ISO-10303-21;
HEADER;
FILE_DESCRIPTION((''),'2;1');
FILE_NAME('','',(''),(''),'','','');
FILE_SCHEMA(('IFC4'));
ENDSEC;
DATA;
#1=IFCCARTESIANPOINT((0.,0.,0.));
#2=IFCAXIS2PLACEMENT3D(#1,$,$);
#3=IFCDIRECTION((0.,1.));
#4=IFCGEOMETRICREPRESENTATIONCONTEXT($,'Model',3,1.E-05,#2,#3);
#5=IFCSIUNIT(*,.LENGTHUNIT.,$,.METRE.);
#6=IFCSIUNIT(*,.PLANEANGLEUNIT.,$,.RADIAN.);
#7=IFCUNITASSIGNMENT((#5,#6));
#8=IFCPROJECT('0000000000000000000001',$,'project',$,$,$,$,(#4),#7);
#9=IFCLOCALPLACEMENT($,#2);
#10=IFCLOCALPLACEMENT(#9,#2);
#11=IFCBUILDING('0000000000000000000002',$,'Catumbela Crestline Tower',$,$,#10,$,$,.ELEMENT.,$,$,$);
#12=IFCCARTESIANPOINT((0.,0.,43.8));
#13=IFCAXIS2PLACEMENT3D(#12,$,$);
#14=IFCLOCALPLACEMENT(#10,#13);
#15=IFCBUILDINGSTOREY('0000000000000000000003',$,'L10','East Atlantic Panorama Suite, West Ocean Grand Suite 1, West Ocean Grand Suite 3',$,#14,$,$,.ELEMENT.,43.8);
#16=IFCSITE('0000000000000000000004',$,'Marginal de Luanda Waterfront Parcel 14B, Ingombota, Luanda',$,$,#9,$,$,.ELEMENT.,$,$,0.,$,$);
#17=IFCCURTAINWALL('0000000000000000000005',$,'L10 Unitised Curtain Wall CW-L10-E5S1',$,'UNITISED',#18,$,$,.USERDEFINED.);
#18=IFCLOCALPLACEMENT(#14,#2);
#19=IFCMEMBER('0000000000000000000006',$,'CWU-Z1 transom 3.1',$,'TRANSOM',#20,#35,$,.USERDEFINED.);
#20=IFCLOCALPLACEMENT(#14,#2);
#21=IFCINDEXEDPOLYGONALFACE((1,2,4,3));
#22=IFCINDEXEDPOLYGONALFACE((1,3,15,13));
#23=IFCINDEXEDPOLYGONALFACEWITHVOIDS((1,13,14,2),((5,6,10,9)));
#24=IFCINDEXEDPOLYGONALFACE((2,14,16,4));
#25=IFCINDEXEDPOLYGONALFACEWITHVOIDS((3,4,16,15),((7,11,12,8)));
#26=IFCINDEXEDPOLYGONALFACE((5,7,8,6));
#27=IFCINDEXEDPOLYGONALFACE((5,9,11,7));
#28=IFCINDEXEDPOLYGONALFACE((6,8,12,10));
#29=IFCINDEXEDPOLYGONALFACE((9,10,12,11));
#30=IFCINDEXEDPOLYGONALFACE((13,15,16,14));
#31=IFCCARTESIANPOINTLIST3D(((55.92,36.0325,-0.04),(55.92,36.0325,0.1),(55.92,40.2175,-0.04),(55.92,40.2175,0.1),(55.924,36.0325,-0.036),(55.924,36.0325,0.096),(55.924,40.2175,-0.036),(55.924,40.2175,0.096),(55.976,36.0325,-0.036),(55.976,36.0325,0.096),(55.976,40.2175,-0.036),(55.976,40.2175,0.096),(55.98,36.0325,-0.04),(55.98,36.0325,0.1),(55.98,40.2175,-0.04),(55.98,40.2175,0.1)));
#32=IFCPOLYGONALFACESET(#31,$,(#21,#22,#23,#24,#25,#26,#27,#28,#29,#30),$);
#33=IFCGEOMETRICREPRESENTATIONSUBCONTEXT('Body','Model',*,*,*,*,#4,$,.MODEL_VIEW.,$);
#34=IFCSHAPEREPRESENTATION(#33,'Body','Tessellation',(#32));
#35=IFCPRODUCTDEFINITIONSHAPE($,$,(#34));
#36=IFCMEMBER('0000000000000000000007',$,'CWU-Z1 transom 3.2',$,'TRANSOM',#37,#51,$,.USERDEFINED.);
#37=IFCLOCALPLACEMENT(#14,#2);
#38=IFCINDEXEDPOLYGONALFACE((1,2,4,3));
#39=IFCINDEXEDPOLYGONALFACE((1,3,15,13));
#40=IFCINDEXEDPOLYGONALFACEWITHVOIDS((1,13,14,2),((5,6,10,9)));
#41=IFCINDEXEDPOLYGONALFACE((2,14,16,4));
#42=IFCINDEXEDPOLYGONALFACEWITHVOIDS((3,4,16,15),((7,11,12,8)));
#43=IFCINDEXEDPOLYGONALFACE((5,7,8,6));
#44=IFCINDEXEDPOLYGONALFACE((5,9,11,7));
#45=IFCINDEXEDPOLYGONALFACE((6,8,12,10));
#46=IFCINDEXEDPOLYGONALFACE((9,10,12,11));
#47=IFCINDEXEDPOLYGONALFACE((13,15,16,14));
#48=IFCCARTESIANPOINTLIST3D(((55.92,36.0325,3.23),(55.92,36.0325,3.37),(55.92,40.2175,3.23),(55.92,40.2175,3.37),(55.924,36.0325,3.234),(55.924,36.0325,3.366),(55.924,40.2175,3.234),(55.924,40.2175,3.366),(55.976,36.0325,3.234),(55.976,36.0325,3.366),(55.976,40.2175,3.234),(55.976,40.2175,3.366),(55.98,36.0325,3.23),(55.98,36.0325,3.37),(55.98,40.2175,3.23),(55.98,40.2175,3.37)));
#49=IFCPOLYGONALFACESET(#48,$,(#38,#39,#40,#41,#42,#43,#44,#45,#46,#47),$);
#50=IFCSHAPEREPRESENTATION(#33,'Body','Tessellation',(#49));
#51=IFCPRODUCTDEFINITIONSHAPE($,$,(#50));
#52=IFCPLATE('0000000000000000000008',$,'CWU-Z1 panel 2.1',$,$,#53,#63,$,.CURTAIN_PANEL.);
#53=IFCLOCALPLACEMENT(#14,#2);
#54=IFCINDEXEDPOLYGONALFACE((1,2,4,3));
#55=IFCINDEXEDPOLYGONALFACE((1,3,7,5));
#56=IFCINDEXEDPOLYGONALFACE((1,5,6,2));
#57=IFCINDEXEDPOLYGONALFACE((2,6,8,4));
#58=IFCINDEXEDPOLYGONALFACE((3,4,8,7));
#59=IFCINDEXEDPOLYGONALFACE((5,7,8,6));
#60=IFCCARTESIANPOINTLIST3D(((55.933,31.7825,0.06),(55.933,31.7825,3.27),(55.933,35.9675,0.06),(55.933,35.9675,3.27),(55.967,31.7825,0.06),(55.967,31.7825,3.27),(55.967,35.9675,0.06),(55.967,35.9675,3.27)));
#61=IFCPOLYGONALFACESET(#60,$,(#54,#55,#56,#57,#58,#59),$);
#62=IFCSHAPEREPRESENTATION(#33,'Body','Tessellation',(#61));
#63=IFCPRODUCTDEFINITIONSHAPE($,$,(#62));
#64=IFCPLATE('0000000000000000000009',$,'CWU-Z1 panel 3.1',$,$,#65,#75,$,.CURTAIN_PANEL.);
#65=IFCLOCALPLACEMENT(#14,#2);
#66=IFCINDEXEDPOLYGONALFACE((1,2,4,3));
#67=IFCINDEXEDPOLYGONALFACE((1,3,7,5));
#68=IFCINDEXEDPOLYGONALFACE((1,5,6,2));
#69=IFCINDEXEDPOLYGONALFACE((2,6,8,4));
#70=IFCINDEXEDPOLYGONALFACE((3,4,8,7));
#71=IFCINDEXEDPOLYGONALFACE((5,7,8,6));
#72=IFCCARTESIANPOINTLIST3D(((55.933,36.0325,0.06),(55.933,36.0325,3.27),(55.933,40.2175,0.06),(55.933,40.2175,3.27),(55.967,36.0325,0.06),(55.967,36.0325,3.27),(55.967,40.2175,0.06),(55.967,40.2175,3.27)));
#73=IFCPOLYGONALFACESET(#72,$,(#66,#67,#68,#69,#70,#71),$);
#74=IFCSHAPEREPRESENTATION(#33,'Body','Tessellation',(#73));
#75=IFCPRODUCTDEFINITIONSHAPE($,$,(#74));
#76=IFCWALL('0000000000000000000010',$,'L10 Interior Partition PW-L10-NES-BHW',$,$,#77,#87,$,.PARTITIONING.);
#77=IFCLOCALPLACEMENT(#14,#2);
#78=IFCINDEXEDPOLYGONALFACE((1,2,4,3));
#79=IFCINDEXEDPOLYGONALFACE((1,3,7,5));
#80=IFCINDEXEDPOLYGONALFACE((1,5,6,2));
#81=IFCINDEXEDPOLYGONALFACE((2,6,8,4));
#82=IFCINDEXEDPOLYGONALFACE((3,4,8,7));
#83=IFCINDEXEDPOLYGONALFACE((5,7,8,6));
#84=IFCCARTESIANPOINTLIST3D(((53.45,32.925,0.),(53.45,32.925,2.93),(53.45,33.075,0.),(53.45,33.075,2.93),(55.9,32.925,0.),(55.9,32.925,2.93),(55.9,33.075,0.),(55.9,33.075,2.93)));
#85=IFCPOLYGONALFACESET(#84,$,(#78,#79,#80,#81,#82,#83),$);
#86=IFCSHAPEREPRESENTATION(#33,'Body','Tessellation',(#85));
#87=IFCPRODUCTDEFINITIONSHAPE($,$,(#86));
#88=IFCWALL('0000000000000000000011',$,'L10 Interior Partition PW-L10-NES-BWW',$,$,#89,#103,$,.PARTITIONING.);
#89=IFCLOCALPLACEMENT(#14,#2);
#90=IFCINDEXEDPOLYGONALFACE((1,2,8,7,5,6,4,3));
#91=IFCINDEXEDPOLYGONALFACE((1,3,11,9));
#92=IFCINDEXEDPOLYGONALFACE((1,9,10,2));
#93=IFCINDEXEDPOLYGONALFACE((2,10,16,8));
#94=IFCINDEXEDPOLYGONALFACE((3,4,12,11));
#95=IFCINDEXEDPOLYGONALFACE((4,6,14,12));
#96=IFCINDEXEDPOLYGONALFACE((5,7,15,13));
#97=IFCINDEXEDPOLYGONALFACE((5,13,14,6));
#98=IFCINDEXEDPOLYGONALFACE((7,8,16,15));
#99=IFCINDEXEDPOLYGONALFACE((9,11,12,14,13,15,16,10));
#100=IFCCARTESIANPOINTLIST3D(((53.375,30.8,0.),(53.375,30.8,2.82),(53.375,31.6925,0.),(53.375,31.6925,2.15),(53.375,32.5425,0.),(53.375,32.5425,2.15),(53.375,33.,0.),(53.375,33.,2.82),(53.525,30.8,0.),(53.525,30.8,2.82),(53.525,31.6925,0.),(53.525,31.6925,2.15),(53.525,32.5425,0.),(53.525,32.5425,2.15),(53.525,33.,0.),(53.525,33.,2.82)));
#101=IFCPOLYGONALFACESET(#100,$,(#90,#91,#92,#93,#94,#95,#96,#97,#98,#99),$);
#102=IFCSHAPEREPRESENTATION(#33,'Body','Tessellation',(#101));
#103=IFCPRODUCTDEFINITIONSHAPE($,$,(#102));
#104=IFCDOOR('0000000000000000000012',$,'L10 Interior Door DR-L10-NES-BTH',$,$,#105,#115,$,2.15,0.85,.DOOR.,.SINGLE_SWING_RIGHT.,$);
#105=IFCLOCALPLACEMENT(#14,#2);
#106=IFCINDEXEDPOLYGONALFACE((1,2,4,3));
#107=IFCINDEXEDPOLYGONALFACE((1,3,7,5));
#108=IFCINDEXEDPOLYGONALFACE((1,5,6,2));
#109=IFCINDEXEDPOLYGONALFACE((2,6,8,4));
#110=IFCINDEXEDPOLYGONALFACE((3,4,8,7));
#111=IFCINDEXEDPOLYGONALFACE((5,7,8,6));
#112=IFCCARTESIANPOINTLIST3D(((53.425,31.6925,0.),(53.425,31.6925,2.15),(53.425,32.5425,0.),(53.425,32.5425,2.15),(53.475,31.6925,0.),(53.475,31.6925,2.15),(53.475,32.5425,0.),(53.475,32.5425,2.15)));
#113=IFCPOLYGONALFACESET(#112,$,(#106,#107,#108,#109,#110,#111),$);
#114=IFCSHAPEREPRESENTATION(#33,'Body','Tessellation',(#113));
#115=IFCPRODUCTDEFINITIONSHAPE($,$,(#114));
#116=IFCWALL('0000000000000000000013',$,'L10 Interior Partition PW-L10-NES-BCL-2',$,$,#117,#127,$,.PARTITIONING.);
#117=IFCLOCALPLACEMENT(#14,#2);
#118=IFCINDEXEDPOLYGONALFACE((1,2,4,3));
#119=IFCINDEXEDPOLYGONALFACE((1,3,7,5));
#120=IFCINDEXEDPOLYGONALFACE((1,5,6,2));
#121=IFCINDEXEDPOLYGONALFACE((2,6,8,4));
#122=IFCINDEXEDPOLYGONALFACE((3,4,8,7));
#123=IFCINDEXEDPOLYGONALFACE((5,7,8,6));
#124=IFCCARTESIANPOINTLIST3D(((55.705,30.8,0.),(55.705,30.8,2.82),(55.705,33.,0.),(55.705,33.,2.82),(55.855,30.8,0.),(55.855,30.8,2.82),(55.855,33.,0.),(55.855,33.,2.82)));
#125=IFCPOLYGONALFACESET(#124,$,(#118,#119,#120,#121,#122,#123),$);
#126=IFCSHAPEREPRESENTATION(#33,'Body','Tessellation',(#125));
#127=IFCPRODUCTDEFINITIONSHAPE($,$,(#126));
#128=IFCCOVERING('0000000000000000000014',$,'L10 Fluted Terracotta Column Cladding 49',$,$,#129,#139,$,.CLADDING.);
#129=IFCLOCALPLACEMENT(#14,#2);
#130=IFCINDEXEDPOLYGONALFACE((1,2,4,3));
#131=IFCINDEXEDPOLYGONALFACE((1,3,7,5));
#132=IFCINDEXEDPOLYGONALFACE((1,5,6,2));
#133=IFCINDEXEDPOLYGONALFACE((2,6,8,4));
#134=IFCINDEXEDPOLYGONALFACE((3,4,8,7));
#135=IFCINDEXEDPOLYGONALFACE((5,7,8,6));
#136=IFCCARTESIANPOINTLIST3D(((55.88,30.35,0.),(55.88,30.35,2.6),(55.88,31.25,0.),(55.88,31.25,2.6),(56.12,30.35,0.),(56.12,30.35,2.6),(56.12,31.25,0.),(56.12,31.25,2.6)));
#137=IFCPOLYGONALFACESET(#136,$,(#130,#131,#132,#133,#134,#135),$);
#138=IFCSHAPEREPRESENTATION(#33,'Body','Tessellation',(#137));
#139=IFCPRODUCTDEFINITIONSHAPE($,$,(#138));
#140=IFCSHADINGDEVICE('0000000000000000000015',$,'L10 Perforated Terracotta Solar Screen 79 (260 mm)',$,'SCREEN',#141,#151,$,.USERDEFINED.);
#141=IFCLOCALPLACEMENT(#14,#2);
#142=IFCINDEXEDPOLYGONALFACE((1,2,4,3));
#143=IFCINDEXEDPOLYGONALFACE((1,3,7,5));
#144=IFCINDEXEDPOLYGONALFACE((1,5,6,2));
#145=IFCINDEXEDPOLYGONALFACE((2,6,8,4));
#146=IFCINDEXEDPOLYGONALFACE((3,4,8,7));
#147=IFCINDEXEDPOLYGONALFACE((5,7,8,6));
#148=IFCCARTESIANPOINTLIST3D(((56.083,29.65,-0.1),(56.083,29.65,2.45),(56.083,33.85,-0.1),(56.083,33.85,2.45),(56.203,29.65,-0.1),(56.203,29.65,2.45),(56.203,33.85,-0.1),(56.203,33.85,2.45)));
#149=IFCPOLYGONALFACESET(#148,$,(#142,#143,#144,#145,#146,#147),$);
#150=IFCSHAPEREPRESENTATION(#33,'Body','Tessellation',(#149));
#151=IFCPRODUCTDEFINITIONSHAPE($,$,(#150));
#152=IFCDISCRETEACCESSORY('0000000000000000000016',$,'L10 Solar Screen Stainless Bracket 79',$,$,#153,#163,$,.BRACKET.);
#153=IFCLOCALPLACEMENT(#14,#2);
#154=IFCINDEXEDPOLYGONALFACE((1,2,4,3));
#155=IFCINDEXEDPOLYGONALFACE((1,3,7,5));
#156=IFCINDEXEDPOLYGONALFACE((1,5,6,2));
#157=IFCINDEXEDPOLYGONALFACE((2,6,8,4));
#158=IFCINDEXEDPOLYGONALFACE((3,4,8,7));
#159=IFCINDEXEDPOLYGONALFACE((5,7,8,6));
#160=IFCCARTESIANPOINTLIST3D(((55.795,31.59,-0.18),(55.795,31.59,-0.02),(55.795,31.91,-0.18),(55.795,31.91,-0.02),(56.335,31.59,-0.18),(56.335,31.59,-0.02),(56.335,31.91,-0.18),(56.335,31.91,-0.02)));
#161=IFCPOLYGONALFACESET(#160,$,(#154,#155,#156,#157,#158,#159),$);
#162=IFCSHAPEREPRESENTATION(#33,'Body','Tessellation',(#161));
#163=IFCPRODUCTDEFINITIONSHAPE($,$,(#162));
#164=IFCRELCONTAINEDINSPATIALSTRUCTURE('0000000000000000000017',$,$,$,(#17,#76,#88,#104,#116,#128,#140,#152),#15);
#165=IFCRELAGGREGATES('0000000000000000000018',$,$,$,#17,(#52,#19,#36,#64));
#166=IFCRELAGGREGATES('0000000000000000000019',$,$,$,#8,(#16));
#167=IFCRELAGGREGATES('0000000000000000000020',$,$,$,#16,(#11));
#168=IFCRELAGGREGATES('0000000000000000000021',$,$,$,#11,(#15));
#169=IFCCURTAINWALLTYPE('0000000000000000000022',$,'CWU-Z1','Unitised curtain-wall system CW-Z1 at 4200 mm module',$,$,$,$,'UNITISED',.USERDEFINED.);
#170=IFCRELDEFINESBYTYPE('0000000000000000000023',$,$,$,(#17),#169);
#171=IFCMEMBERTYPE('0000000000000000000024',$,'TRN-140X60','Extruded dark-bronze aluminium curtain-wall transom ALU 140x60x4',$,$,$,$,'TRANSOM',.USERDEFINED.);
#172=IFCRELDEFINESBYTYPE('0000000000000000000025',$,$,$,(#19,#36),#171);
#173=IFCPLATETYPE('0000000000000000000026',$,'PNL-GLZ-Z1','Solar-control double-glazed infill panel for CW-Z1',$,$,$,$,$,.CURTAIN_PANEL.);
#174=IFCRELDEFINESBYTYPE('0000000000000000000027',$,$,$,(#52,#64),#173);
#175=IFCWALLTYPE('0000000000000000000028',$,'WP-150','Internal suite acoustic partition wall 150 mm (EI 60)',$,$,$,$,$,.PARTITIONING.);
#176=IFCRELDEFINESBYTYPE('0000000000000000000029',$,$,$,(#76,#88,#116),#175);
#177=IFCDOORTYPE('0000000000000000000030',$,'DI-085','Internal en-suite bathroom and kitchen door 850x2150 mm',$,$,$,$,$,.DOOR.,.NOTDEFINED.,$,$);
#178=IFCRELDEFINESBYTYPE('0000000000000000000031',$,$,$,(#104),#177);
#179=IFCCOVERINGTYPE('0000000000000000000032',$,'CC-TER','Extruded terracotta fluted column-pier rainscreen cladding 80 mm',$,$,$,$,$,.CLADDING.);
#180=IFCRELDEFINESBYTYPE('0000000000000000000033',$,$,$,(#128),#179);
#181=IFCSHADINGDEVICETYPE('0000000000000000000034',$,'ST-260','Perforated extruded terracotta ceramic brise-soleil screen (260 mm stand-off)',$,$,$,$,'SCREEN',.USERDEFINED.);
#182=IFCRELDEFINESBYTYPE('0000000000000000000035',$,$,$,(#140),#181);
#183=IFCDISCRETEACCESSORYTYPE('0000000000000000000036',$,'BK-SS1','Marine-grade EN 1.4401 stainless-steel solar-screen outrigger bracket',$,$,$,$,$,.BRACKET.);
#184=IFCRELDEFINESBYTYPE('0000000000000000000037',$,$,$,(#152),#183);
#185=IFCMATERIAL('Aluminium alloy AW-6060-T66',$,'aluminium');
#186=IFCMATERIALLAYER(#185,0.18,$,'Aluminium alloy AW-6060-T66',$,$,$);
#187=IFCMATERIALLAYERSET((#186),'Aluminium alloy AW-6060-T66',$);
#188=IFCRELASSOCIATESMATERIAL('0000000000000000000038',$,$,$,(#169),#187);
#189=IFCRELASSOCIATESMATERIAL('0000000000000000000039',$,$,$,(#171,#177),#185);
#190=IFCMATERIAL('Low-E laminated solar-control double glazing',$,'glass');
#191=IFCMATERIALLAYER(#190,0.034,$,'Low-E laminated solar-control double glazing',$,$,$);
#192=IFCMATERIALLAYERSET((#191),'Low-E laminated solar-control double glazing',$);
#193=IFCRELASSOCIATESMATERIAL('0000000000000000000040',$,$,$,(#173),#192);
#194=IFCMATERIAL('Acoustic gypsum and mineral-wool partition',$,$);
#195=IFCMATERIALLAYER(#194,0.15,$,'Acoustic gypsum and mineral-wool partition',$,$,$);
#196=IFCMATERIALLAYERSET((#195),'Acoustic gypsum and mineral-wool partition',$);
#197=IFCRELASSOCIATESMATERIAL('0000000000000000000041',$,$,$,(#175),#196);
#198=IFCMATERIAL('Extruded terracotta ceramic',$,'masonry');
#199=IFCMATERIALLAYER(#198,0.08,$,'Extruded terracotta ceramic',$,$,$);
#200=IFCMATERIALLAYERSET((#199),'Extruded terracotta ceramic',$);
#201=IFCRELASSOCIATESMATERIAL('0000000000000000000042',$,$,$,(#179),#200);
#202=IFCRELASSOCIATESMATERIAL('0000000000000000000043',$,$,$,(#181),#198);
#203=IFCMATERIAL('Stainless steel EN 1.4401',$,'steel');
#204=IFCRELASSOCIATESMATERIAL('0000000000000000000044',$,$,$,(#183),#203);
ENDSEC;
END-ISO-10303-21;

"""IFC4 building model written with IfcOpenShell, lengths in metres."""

from ifc_helpers import new_model, si_unit, direction, frame, frame_2d, origin, origin_2d, place, context, subcontext, project, spatial, rectangle, hollow_rectangle, extrude, material, layer, layer_set, material_profile, profile_set, type_object, element, fill, aggregate, save


model = new_model("IFC4")

# Units and contexts
model_context = context("Model", 3, precision=1e-05, world=origin(), true_north=direction((0.0, 1.0)))
body_context = subcontext(model_context, "Body", "Model", "MODEL_VIEW")
ifc_project = project(units=[si_unit("LENGTHUNIT", "METRE"), si_unit("PLANEANGLEUNIT", "RADIAN")], contexts=[model_context])

# Site, building, storey
site_placement = place(None, origin())
site = spatial("IfcSite", under=ifc_project, at=site_placement, Name="Marginal de Luanda Waterfront Parcel 14B, Ingombota, Luanda", CompositionType="ELEMENT", RefElevation=0.0)
building_placement = place(site_placement, origin())
building = spatial("IfcBuilding", under=site, at=building_placement, Name="Catumbela Crestline Tower", CompositionType="ELEMENT")
storey_placement = place(building_placement, frame((0.0, 0.0, 43.8)))
storey = spatial("IfcBuildingStorey", under=building, at=storey_placement, Name="L10", Description="East Atlantic Panorama Suite, West Ocean Grand Suite 1, West Ocean Grand Suite 3", CompositionType="ELEMENT", Elevation=43.8)

# Curtain wall
ifc_material_1 = material(Name="Aluminium alloy AW-6060-T66", Category="aluminium")
ifc_layer_1 = layer(ifc_material_1, 0.18, Name="Aluminium alloy AW-6060-T66")
ifc_layer_set_1 = layer_set([ifc_layer_1], Name="Aluminium alloy AW-6060-T66")
curtain_wall_type = type_object("IfcCurtainWallType", Name="CWU-Z1", Description="Unitised curtain-wall system CW-Z1 at 4200 mm module", ElementType="UNITISED", PredefinedType="USERDEFINED", material=ifc_layer_set_1)
curtain_wall_placement = place(storey_placement, origin())
curtain_wall = element("IfcCurtainWall", 1, at=curtain_wall_placement, inside=storey, type_object=curtain_wall_type, Name="L10 Unitised Curtain Wall CW-L10-E5S1", ObjectType="UNITISED", PredefinedType="USERDEFINED")

# Members
ifc_material_profile_1 = material_profile(ifc_material_1, hollow_rectangle(XDim=0.06, YDim=0.14, WallThickness=0.004, at=origin_2d()), Name="ALU 140x60x4")
ifc_profile_set_1 = profile_set([ifc_material_profile_1], Name="Aluminium alloy AW-6060-T66")
member_type_1 = type_object("IfcMemberType", Name="TRN-140X60", Description="Extruded dark-bronze aluminium curtain-wall transom ALU 140x60x4", ElementType="TRANSOM", PredefinedType="USERDEFINED", material=ifc_profile_set_1)
member_1_placement = place(storey_placement, frame((55.95, 36.0325, 0.03), z_axis=(0.0, 1.0, 0.0), x_axis=(-1.0, 0.0, 0.0)))
member_1 = element("IfcMember", 2, at=member_1_placement, type_object=member_type_1, Name="CWU-Z1 transom 3.1", ObjectType="TRANSOM", PredefinedType="USERDEFINED", context=body_context, shape_type="SweptSolid", body=[
    extrude(hollow_rectangle(XDim=0.06, YDim=0.14, WallThickness=0.004, at=origin_2d()), origin(), (0.0, 0.0, 1.0), 4.185),
])
member_2_placement = place(storey_placement, frame((55.95, 36.0325, 3.3), z_axis=(0.0, 1.0, 0.0), x_axis=(-1.0, 0.0, 0.0)))
member_2 = element("IfcMember", 3, at=member_2_placement, type_object=member_type_1, Name="CWU-Z1 transom 3.2", ObjectType="TRANSOM", PredefinedType="USERDEFINED", context=body_context, shape_type="SweptSolid", body=[
    extrude(hollow_rectangle(XDim=0.06, YDim=0.14, WallThickness=0.004, at=origin_2d()), origin(), (0.0, 0.0, 1.0), 4.185),
])

# Plates
ifc_material_2 = material(Name="Low-E laminated solar-control double glazing", Category="glass")
ifc_layer_2 = layer(ifc_material_2, 0.034, Name="Low-E laminated solar-control double glazing")
ifc_layer_set_2 = layer_set([ifc_layer_2], Name="Low-E laminated solar-control double glazing")
plate_type = type_object("IfcPlateType", Name="PNL-GLZ-Z1", Description="Solar-control double-glazed infill panel for CW-Z1", PredefinedType="CURTAIN_PANEL", material=ifc_layer_set_2)
plate_1_placement = place(storey_placement, frame((55.95, 33.875, 0.06), z_axis=(0.0, 0.0, 1.0), x_axis=(0.0, 1.0, 0.0)))
plate_1 = element("IfcPlate", 4, at=plate_1_placement, type_object=plate_type, Name="CWU-Z1 panel 2.1", PredefinedType="CURTAIN_PANEL", context=body_context, shape_type="SweptSolid", body=[
    extrude(rectangle(XDim=4.185, YDim=0.034, at=origin_2d()), origin(), (0.0, 0.0, 1.0), 3.21),
])
plate_2_placement = place(storey_placement, frame((55.95, 38.125, 0.06), z_axis=(0.0, 0.0, 1.0), x_axis=(0.0, 1.0, 0.0)))
plate_2 = element("IfcPlate", 5, at=plate_2_placement, type_object=plate_type, Name="CWU-Z1 panel 3.1", PredefinedType="CURTAIN_PANEL", context=body_context, shape_type="SweptSolid", body=[
    extrude(rectangle(XDim=4.185, YDim=0.034, at=origin_2d()), origin(), (0.0, 0.0, 1.0), 3.21),
])
aggregate(curtain_wall, [plate_1, member_1, member_2, plate_2])

# Wall
ifc_material_3 = material(Name="Acoustic gypsum and mineral-wool partition")
ifc_layer_3 = layer(ifc_material_3, 0.15, Name="Acoustic gypsum and mineral-wool partition")
ifc_layer_set_3 = layer_set([ifc_layer_3], Name="Acoustic gypsum and mineral-wool partition")
wall_type = type_object("IfcWallType", Name="WP-150", Description="Internal suite acoustic partition wall 150 mm (EI 60)", PredefinedType="PARTITIONING", material=ifc_layer_set_3)
wall_1_placement = place(storey_placement, frame((53.45, 33.0, 0.0), z_axis=(0.0, 0.0, 1.0), x_axis=(1.0, 0.0, 0.0)))
element("IfcWall", 6, at=wall_1_placement, inside=storey, type_object=wall_type, Name="L10 Interior Partition PW-L10-NES-BHW", PredefinedType="PARTITIONING", context=body_context, shape_type="SweptSolid", body=[
    extrude(rectangle(XDim=2.45, YDim=0.15, at=frame_2d((1.225, 0.0))), origin(), (0.0, 0.0, 1.0), 2.93),
])

# Wall, opening, door
wall_2_placement = place(storey_placement, frame((53.45, 30.8, 0.0), z_axis=(0.0, 0.0, 1.0), x_axis=(0.0, 1.0, 0.0)))
wall_2 = element("IfcWall", 7, at=wall_2_placement, inside=storey, type_object=wall_type, Name="L10 Interior Partition PW-L10-NES-BWW", PredefinedType="PARTITIONING", context=body_context, shape_type="SweptSolid", body=[
    extrude(rectangle(XDim=2.2, YDim=0.15, at=frame_2d((1.1, 0.0))), origin(), (0.0, 0.0, 1.0), 2.82),
])
opening_placement = place(wall_2_placement, frame((0.8925, 0.0, 0.0)))
opening = element("IfcOpeningElement", 8, at=opening_placement, cuts=wall_2, PredefinedType="OPENING", context=body_context, shape_type="SweptSolid", body=[
    extrude(rectangle(XDim=0.85, YDim=2.15, at=frame_2d((0.425, 1.075))), frame((0.0, 0.085, 0.0), z_axis=(0.0, -1.0, 0.0), x_axis=(1.0, 0.0, 0.0)), (0.0, 0.0, 1.0), 0.17),
])
door_type = type_object("IfcDoorType", Name="DI-085", Description="Internal en-suite bathroom and kitchen door 850x2150 mm", OperationType="NOTDEFINED", PredefinedType="DOOR", material=ifc_material_1)
door_placement = place(opening_placement, origin())
door = element("IfcDoor", 9, at=door_placement, inside=storey, type_object=door_type, Name="L10 Interior Door DR-L10-NES-BTH", OperationType="SINGLE_SWING_RIGHT", OverallHeight=2.15, OverallWidth=0.85, PredefinedType="DOOR", context=body_context, shape_type="SweptSolid", body=[
    extrude(rectangle(XDim=0.85, YDim=2.15, at=frame_2d((0.425, 1.075))), frame((0.0, 0.025, 0.0), z_axis=(0.0, -1.0, 0.0), x_axis=(1.0, 0.0, 0.0)), (0.0, 0.0, 1.0), 0.05),
])
fill(opening, door)

# Wall
wall_3_placement = place(storey_placement, frame((55.78, 33.0, 0.0), z_axis=(0.0, 0.0, 1.0), x_axis=(0.0, -1.0, 0.0)))
element("IfcWall", 10, at=wall_3_placement, inside=storey, type_object=wall_type, Name="L10 Interior Partition PW-L10-NES-BCL-2", PredefinedType="PARTITIONING", context=body_context, shape_type="SweptSolid", body=[
    extrude(rectangle(XDim=2.2, YDim=0.15, at=frame_2d((1.1, 0.0))), origin(), (0.0, 0.0, 1.0), 2.82),
])

# Covering
ifc_material_4 = material(Name="Extruded terracotta ceramic", Category="masonry")
ifc_layer_4 = layer(ifc_material_4, 0.08, Name="Extruded terracotta ceramic")
ifc_layer_set_4 = layer_set([ifc_layer_4], Name="Extruded terracotta ceramic")
covering_type = type_object("IfcCoveringType", Name="CC-TER", Description="Extruded terracotta fluted column-pier rainscreen cladding 80 mm", PredefinedType="CLADDING", material=ifc_layer_set_4)
covering_placement = place(storey_placement, frame((56.0, 30.8, 0.0), z_axis=(0.0, 0.0, 1.0), x_axis=(0.0, 1.0, 0.0)))
element("IfcCovering", 11, at=covering_placement, inside=storey, type_object=covering_type, Name="L10 Fluted Terracotta Column Cladding 49", PredefinedType="CLADDING", context=body_context, shape_type="SweptSolid", body=[
    extrude(rectangle(XDim=0.9, YDim=0.24, at=origin_2d()), origin(), (0.0, 0.0, 1.0), 2.6),
])

# Shading device
shading_device_type = type_object("IfcShadingDeviceType", Name="ST-260", Description="Perforated extruded terracotta ceramic brise-soleil screen (260 mm stand-off)", ElementType="SCREEN", PredefinedType="USERDEFINED", material=ifc_material_4)
shading_device_placement = place(storey_placement, frame((56.143, 31.75, -0.1), z_axis=(0.0, 0.0, 1.0), x_axis=(0.0, 1.0, 0.0)))
element("IfcShadingDevice", 12, at=shading_device_placement, inside=storey, type_object=shading_device_type, Name="L10 Perforated Terracotta Solar Screen 79 (260 mm)", ObjectType="SCREEN", PredefinedType="USERDEFINED", context=body_context, shape_type="SweptSolid", body=[
    extrude(rectangle(XDim=4.2, YDim=0.12, at=origin_2d()), origin(), (0.0, 0.0, 1.0), 2.55),
])

# Discrete accessory
ifc_material_5 = material(Name="Stainless steel EN 1.4401", Category="steel")
discrete_accessory_type = type_object("IfcDiscreteAccessoryType", Name="BK-SS1", Description="Marine-grade EN 1.4401 stainless-steel solar-screen outrigger bracket", PredefinedType="BRACKET", material=ifc_material_5)
discrete_accessory_placement = place(storey_placement, frame((56.065, 31.75, -0.18), z_axis=(0.0, 0.0, 1.0), x_axis=(0.0, 1.0, 0.0)))
element("IfcDiscreteAccessory", 13, at=discrete_accessory_placement, inside=storey, type_object=discrete_accessory_type, Name="L10 Solar Screen Stainless Bracket 79", PredefinedType="BRACKET", context=body_context, shape_type="SweptSolid", body=[
    extrude(rectangle(XDim=0.32, YDim=0.54, at=origin_2d()), origin(), (0.0, 0.0, 1.0), 0.16),
])

save(model, "model.ifc")
